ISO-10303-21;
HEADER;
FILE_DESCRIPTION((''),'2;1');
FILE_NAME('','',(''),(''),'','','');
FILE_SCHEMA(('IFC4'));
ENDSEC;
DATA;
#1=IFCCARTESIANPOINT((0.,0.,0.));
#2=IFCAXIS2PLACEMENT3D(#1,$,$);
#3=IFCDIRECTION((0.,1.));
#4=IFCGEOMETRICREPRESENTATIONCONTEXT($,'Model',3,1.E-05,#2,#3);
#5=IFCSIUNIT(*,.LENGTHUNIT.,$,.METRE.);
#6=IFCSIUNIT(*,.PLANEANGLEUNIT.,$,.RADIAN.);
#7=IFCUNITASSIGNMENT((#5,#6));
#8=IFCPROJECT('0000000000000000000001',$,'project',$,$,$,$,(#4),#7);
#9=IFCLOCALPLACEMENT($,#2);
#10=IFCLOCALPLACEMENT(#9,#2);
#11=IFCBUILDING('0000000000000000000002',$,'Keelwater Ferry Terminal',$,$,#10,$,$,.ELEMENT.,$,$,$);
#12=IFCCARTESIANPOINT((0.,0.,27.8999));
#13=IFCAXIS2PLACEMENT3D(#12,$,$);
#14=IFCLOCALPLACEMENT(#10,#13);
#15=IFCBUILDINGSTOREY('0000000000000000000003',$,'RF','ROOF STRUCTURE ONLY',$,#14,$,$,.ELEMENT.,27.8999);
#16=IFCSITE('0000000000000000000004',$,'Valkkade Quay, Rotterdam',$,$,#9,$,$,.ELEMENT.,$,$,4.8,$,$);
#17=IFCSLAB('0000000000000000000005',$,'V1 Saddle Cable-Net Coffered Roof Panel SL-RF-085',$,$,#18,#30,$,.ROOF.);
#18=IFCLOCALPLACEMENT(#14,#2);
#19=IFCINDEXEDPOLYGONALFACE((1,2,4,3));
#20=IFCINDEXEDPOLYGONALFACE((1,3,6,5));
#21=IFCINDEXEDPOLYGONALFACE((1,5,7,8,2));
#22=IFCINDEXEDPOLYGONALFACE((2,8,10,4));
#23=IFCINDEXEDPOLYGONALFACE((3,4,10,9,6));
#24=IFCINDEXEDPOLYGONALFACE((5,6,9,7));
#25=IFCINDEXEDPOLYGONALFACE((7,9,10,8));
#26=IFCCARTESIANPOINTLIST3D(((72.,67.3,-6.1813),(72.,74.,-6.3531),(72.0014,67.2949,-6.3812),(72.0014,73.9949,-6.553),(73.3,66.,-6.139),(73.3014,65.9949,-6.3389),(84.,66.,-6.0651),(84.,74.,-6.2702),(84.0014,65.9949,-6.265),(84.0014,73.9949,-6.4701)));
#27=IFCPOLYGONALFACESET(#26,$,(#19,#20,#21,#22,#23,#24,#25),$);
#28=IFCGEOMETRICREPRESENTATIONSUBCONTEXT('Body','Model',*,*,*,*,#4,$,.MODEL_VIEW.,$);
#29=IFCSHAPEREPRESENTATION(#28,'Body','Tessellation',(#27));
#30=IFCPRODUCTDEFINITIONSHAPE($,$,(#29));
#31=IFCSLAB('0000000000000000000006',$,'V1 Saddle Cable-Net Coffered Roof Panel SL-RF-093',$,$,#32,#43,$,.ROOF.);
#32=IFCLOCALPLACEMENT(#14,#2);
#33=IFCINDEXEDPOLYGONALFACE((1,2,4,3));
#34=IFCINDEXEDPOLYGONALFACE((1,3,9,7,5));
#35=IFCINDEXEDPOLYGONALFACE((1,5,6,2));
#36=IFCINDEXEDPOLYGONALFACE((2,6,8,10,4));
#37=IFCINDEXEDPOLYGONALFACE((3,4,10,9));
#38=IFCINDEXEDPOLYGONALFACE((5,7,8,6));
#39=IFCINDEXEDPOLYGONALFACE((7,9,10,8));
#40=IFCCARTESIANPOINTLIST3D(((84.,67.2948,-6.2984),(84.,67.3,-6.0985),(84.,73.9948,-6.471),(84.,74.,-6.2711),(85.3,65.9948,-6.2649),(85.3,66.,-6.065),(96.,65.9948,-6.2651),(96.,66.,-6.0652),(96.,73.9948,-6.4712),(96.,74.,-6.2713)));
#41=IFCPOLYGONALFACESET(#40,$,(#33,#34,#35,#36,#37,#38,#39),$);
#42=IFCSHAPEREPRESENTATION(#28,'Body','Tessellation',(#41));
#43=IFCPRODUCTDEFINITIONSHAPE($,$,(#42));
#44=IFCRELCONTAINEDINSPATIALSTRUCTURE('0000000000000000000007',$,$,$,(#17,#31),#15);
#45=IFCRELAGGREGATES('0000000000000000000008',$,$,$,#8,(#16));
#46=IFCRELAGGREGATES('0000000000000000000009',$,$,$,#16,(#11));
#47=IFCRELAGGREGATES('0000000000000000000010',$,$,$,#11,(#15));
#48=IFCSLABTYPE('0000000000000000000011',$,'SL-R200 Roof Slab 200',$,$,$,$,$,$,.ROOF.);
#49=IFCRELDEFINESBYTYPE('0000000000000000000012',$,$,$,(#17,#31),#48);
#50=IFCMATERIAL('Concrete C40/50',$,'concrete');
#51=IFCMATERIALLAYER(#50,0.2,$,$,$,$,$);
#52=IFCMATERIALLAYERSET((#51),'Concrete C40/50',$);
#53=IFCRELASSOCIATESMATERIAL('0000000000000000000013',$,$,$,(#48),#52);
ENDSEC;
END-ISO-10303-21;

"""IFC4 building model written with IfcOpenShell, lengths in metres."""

from ifc_helpers import new_model, si_unit, direction, frame, origin, origin_with_axes, place, context, subcontext, project, spatial, polyline, outline, extrude, material, layer, layer_set, type_object, element, save


model = new_model("IFC4")

# Units and contexts
model_context = context("Model", 3, precision=1e-05, world=origin(), true_north=direction((0.0, 1.0)))
body_context = subcontext(model_context, "Body", "Model", "MODEL_VIEW")
ifc_project = project(units=[si_unit("LENGTHUNIT", "METRE"), si_unit("PLANEANGLEUNIT", "RADIAN")], contexts=[model_context])

# Site, building, storey
site_placement = place(None, origin())
site = spatial("IfcSite", under=ifc_project, at=site_placement, Name="Valkkade Quay, Rotterdam", CompositionType="ELEMENT", RefElevation=4.8)
building_placement = place(site_placement, origin())
building = spatial("IfcBuilding", under=site, at=building_placement, Name="Keelwater Ferry Terminal", CompositionType="ELEMENT")
storey_placement = place(building_placement, frame((0.0, 0.0, 27.8999)))
storey = spatial("IfcBuildingStorey", under=building, at=storey_placement, Name="RF", Description="ROOF STRUCTURE ONLY", CompositionType="ELEMENT", Elevation=27.8999)

# Slabs
ifc_material_1 = material(Name="Concrete C40/50", Category="concrete")
ifc_layer_1 = layer(ifc_material_1, 0.2)
ifc_layer_set_1 = layer_set([ifc_layer_1], Name="Concrete C40/50")
slab_type = type_object("IfcSlabType", Name="SL-R200 Roof Slab 200", PredefinedType="ROOF", material=ifc_layer_set_1)
slab_1_placement = place(storey_placement, frame((73.3014, 65.9949, -6.3389), z_axis=(-0.006905, 0.025625, 0.999648), x_axis=(0.999976, 0.000177, 0.006902)))
element("IfcSlab", 1, at=slab_1_placement, inside=storey, type_object=slab_type, Name="V1 Saddle Cable-Net Coffered Roof Panel SL-RF-085", PredefinedType="ROOF", context=body_context, shape_type="SweptSolid", body=[
    extrude(outline(polyline([(0.0, 0.0), (10.7003, -0.0019), (10.7003, 8.0007), (-1.3, 8.0029), (-1.3, 1.3006), (0.0, 0.0)])), origin_with_axes(), (0.0, 0.0, 1.0), 0.2),
])
slab_2_placement = place(storey_placement, frame((85.3, 65.9948, -6.2649), z_axis=(0.000014, 0.025754, 0.999668), x_axis=(1.0, 0.0, -0.000014)))
element("IfcSlab", 2, at=slab_2_placement, inside=storey, type_object=slab_type, Name="V1 Saddle Cable-Net Coffered Roof Panel SL-RF-093", PredefinedType="ROOF", context=body_context, shape_type="SweptSolid", body=[
    extrude(outline(polyline([(0.0, 0.0), (10.7, 0.0), (10.7, 8.0027), (-1.3, 8.0027), (-1.3, 1.3004), (0.0, 0.0)])), origin_with_axes(), (0.0, 0.0, 1.0), 0.2),
])

save(model, "model.ifc")
